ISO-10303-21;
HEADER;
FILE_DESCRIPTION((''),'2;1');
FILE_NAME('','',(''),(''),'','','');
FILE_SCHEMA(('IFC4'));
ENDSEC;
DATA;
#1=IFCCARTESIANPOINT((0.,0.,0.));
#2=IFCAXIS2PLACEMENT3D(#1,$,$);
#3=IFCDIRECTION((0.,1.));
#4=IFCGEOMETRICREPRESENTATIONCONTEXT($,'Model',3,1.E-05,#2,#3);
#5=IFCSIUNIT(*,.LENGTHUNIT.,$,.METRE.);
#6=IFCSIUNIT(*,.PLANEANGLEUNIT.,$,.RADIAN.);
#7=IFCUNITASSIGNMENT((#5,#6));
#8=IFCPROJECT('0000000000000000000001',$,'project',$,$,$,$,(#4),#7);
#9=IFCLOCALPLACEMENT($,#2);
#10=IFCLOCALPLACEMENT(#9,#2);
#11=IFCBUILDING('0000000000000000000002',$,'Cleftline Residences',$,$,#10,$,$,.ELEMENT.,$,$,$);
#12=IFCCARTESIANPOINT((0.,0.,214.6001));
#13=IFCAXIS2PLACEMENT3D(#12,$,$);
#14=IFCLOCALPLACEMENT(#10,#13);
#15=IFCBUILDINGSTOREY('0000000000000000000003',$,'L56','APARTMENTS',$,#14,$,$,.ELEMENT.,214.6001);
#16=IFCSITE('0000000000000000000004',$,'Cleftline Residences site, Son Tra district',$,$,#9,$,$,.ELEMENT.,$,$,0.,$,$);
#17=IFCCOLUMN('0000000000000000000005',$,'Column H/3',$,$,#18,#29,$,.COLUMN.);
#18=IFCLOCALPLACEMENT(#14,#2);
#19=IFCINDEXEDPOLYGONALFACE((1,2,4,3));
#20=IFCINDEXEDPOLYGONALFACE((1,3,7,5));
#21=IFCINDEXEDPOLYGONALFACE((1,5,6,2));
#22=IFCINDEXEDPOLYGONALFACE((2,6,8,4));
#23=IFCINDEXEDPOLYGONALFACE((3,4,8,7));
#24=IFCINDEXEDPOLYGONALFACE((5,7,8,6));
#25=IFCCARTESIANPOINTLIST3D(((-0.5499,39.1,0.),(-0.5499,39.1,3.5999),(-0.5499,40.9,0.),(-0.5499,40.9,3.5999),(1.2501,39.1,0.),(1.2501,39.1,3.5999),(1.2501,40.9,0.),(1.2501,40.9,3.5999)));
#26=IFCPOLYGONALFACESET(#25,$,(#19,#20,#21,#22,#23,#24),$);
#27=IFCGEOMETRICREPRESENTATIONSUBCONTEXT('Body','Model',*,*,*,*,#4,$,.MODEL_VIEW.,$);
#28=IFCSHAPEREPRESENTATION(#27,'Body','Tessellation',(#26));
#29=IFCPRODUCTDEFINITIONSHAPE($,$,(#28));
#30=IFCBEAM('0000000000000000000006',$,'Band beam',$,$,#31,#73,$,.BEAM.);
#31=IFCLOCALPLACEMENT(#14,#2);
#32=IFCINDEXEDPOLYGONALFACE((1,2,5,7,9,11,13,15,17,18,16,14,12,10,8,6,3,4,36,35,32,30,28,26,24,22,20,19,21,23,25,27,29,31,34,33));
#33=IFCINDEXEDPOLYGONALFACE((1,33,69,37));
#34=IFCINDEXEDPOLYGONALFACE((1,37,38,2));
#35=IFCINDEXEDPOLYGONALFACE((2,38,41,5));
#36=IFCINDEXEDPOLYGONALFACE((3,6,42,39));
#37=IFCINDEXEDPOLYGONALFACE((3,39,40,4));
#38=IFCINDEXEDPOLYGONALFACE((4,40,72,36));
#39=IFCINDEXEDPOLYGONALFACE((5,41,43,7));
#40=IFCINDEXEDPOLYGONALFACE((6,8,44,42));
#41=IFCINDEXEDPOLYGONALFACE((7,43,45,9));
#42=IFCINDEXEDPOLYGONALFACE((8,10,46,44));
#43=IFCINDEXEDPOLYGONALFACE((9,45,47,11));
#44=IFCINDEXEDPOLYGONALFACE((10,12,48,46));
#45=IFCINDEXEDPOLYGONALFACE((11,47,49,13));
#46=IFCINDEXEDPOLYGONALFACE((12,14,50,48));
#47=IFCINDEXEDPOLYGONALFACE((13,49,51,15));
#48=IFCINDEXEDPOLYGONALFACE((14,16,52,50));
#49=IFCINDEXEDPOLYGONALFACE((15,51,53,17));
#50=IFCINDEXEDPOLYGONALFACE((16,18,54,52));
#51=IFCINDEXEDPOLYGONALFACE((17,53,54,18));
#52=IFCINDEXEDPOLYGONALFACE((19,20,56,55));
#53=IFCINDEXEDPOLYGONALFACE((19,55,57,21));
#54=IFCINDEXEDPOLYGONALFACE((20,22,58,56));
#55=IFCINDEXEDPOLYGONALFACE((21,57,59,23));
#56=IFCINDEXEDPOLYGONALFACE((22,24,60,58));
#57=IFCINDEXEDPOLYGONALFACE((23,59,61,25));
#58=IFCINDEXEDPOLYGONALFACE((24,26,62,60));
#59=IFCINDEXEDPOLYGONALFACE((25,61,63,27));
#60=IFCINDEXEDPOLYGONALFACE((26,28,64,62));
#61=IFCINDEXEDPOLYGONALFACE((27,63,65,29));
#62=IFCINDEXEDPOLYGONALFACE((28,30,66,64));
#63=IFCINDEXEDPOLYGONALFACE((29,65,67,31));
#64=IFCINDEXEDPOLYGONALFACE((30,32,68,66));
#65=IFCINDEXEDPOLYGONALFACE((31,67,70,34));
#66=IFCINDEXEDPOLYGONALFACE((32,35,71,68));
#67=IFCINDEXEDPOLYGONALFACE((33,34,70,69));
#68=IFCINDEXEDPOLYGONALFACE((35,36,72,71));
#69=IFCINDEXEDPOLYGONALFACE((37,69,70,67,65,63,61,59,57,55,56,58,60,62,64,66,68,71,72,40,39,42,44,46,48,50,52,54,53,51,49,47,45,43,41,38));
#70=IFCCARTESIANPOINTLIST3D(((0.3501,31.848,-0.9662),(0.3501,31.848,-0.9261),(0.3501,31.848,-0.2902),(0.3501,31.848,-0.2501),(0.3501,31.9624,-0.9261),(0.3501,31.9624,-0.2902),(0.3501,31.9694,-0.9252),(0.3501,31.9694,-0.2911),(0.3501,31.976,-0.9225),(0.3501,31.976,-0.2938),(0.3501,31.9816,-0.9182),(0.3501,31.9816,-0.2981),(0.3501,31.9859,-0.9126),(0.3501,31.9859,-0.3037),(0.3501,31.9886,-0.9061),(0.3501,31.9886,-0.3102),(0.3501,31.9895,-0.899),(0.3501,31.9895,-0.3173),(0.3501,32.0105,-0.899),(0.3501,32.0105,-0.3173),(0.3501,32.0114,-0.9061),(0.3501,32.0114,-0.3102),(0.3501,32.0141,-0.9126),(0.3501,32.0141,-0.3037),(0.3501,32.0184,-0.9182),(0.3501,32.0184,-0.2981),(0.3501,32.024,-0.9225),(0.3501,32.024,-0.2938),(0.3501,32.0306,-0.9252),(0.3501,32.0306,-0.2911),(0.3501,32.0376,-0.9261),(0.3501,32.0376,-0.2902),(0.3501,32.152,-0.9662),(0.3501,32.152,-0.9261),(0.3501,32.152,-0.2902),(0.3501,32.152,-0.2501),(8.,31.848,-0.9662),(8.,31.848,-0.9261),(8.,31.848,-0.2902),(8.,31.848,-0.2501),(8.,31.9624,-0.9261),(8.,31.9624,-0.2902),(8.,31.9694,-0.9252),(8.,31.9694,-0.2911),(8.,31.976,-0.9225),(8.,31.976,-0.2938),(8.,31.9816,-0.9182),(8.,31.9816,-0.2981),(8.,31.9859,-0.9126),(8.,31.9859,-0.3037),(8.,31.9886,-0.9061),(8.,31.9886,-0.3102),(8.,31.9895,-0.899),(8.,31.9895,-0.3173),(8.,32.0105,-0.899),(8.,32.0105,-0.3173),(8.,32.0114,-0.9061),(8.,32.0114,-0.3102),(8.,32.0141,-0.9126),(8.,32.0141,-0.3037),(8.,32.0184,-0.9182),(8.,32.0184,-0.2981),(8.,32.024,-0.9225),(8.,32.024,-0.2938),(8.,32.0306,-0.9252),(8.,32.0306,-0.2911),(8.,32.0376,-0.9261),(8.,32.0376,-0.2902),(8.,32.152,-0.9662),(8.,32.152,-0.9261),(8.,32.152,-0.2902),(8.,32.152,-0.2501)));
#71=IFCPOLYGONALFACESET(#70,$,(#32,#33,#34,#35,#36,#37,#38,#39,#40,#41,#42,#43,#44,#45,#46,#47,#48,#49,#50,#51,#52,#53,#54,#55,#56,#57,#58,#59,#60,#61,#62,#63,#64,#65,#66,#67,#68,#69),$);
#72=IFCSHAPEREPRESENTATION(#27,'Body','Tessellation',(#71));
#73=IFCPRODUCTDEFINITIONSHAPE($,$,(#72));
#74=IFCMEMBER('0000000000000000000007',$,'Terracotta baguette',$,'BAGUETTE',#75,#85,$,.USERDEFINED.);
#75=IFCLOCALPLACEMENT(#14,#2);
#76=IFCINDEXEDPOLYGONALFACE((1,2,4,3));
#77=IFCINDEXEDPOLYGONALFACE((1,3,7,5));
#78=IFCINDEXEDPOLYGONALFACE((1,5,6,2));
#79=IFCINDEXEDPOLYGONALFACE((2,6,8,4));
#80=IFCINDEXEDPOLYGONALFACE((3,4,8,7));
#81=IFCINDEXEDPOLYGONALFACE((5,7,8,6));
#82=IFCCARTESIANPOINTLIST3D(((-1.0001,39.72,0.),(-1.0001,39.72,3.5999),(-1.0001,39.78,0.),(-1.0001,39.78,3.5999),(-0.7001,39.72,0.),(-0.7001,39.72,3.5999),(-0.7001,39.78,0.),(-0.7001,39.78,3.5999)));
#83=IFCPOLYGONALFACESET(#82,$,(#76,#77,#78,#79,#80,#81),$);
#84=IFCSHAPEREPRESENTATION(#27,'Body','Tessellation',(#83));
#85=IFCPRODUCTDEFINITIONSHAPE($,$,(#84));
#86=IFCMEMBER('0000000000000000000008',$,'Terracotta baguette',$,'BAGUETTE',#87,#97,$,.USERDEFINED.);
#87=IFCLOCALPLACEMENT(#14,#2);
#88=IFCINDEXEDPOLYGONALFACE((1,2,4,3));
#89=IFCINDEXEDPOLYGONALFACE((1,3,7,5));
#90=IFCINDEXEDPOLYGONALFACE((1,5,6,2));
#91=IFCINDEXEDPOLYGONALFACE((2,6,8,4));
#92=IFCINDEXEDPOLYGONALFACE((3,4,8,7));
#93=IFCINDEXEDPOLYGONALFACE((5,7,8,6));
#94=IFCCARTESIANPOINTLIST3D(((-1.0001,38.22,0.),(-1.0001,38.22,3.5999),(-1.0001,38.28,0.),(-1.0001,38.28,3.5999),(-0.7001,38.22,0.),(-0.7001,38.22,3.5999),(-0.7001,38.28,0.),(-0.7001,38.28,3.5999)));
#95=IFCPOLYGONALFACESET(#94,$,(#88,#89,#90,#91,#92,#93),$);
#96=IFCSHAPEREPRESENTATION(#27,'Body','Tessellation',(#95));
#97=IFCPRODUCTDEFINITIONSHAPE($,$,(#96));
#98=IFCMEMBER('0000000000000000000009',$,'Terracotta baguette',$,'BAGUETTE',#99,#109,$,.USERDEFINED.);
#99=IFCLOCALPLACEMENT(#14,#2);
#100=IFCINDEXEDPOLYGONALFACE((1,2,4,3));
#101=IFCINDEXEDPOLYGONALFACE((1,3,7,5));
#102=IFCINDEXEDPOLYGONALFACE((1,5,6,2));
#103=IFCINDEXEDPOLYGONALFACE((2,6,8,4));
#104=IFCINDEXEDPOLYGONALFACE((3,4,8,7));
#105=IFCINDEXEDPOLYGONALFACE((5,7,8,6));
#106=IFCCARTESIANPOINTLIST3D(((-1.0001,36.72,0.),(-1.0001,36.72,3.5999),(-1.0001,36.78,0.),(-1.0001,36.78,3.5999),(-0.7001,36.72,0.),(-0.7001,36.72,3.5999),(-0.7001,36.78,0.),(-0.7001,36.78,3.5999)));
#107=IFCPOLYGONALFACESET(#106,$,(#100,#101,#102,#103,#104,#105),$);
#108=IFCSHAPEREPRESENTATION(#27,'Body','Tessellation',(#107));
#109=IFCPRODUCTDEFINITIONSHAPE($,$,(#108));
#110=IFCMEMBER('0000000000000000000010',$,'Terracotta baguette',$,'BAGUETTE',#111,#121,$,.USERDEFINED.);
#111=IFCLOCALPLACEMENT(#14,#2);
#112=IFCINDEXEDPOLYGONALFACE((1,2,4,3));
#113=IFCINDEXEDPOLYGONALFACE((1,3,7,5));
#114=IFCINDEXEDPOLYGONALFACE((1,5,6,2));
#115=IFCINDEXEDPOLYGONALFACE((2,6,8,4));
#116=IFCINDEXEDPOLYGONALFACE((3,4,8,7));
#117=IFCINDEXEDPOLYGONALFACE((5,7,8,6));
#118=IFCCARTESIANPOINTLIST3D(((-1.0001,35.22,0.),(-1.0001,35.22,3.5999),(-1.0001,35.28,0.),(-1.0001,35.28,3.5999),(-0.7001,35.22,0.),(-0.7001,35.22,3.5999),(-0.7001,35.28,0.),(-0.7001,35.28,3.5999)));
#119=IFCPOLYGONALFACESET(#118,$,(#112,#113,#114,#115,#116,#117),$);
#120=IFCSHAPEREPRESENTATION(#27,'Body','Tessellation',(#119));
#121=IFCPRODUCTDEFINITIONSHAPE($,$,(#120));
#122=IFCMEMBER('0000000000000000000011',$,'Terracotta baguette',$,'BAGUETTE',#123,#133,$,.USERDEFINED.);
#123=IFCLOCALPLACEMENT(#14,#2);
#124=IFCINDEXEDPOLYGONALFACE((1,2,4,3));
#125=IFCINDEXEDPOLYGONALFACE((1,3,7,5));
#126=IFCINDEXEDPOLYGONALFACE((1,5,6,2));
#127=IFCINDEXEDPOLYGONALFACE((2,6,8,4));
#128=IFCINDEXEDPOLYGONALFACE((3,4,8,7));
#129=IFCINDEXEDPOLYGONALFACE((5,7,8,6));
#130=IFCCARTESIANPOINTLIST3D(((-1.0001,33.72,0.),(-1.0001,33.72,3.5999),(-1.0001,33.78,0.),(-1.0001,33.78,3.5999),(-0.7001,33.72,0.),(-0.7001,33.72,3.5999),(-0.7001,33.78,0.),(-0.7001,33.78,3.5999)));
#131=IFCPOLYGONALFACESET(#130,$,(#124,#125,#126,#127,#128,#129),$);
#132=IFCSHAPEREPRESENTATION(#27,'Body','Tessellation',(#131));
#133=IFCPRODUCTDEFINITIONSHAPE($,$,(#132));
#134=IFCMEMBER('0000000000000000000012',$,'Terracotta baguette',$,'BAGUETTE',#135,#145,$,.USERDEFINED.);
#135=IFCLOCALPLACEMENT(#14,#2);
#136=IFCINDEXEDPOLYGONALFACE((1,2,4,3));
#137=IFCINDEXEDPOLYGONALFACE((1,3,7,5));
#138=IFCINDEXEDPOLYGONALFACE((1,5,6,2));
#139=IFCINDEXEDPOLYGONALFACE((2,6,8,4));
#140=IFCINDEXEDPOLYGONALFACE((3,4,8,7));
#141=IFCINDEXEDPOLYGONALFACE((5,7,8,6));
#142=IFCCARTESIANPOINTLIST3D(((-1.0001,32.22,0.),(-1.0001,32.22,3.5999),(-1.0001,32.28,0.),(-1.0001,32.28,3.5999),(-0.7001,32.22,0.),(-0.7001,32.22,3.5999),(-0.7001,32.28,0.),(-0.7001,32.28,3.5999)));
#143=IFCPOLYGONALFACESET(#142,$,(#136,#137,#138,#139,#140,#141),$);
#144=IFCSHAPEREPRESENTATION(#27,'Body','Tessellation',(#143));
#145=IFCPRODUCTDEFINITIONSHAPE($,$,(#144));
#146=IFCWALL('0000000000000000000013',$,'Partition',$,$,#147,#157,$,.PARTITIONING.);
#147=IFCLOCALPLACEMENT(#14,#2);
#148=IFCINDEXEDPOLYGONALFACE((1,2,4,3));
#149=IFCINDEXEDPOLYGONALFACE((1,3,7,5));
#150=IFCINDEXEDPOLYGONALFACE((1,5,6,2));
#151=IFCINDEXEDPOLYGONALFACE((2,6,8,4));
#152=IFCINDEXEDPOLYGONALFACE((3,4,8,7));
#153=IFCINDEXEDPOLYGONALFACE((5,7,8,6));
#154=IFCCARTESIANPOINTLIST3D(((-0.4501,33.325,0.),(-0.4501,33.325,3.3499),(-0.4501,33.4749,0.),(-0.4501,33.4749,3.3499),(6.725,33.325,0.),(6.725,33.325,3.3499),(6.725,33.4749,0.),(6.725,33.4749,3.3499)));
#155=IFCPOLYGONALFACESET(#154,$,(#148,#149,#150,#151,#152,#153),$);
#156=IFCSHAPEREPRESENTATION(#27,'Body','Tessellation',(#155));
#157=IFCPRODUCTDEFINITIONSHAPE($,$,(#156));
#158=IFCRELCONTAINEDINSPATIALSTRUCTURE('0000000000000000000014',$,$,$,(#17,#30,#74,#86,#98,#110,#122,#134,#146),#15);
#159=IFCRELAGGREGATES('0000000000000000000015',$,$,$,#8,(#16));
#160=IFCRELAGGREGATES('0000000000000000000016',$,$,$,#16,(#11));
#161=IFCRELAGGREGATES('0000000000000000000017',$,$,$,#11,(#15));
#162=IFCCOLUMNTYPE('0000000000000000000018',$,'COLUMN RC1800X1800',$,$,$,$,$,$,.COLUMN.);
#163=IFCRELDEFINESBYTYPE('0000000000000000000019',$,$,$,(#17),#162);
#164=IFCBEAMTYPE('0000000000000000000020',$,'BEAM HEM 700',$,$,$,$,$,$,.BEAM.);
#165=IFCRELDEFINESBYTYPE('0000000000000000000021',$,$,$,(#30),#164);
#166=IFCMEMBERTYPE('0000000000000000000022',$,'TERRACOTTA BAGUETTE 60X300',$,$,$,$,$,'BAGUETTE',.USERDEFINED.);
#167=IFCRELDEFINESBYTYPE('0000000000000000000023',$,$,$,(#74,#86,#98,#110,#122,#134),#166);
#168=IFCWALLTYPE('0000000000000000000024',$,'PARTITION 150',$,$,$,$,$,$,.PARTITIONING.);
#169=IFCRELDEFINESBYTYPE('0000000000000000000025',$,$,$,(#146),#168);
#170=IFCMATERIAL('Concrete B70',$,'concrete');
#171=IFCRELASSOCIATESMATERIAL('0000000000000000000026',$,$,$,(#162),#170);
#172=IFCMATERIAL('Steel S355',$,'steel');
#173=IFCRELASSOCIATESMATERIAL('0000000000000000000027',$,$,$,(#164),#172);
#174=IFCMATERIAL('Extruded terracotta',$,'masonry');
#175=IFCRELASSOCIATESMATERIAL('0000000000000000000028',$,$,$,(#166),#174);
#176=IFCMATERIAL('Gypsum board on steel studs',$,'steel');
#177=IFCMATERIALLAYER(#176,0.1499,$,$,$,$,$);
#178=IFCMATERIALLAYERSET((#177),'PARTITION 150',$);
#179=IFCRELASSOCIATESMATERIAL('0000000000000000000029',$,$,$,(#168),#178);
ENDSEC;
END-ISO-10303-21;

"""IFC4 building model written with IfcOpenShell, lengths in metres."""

from ifc_helpers import new_model, si_unit, direction, frame, frame_2d, origin, origin_2d, place, context, subcontext, project, spatial, rectangle, i_section, extrude, material, layer, layer_set, material_profile, profile_set, type_object, element, save


model = new_model("IFC4")

# Units and contexts
model_context = context("Model", 3, precision=1e-05, world=origin(), true_north=direction((0.0, 1.0)))
body_context = subcontext(model_context, "Body", "Model", "MODEL_VIEW")
ifc_project = project(units=[si_unit("LENGTHUNIT", "METRE"), si_unit("PLANEANGLEUNIT", "RADIAN")], contexts=[model_context])

# Site, building, storey
site_placement = place(None, origin())
site = spatial("IfcSite", under=ifc_project, at=site_placement, Name="Cleftline Residences site, Son Tra district", CompositionType="ELEMENT", RefElevation=0.0)
building_placement = place(site_placement, origin())
building = spatial("IfcBuilding", under=site, at=building_placement, Name="Cleftline Residences", CompositionType="ELEMENT")
storey_placement = place(building_placement, frame((0.0, 0.0, 214.6001)))
storey = spatial("IfcBuildingStorey", under=building, at=storey_placement, Name="L56", Description="APARTMENTS", CompositionType="ELEMENT", Elevation=214.6001)

# Column
ifc_material_1 = material(Name="Concrete B70", Category="concrete")
ifc_material_profile_1 = material_profile(ifc_material_1, rectangle(XDim=1.8, YDim=1.8, at=origin_2d()))
ifc_profile_set_1 = profile_set([ifc_material_profile_1], Name="Concrete B70")
column_type = type_object("IfcColumnType", Name="COLUMN RC1800X1800", PredefinedType="COLUMN", material=ifc_profile_set_1)
column_placement = place(storey_placement, frame((0.3501, 40.0, 0.0), z_axis=(0.0, 0.0, 1.0), x_axis=(1.0, 0.0, 0.0)))
element("IfcColumn", 1, at=column_placement, inside=storey, type_object=column_type, Name="Column H/3", PredefinedType="COLUMN", context=body_context, shape_type="SweptSolid", body=[
    extrude(rectangle(XDim=1.8, YDim=1.8, at=origin_2d()), origin(), (0.0, 0.0, 1.0), 3.5999),
])

# Beam
ifc_material_2 = material(Name="Steel S355", Category="steel")
ifc_material_profile_2 = material_profile(ifc_material_2, i_section(OverallWidth=0.304, OverallDepth=0.7161, WebThickness=0.021, FlangeThickness=0.04, FilletRadius=0.0271, at=origin_2d()))
ifc_profile_set_2 = profile_set([ifc_material_profile_2], Name="Steel S355")
beam_type = type_object("IfcBeamType", Name="BEAM HEM 700", PredefinedType="BEAM", material=ifc_profile_set_2)
beam_placement = place(storey_placement, frame((0.3501, 32.0, -0.6082), z_axis=(1.0, 0.0, 0.0), x_axis=(0.0, 1.0, 0.0)))
element("IfcBeam", 2, at=beam_placement, inside=storey, type_object=beam_type, Name="Band beam", PredefinedType="BEAM", context=body_context, shape_type="SweptSolid", body=[
    extrude(i_section(OverallWidth=0.304, OverallDepth=0.7161, WebThickness=0.021, FlangeThickness=0.04, FilletRadius=0.0271, at=origin_2d()), origin(), (0.0, 0.0, 1.0), 7.6499),
])

# Members
ifc_material_3 = material(Name="Extruded terracotta", Category="masonry")
ifc_material_profile_3 = material_profile(ifc_material_3, rectangle(XDim=0.0601, YDim=0.3, at=origin_2d()))
ifc_profile_set_3 = profile_set([ifc_material_profile_3], Name="Extruded terracotta")
member_type = type_object("IfcMemberType", Name="TERRACOTTA BAGUETTE 60X300", ElementType="BAGUETTE", PredefinedType="USERDEFINED", material=ifc_profile_set_3)
for number, where, z_axis, x_axis, name in (
    (3, (-0.8501, 39.75, 0.0), (0.0, 0.0, 1.0), (0.0, 1.0, 0.0), "Terracotta baguette"),
    (4, (-0.8501, 38.25, 0.0), (0.0, 0.0, 1.0), (0.0, 1.0, 0.0), "Terracotta baguette"),
    (5, (-0.8501, 36.75, 0.0), (0.0, 0.0, 1.0), (0.0, 1.0, 0.0), "Terracotta baguette"),
    (6, (-0.8501, 35.25, 0.0), (0.0, 0.0, 1.0), (0.0, 1.0, 0.0), "Terracotta baguette"),
    (7, (-0.8501, 33.75, 0.0), (0.0, 0.0, 1.0), (0.0, 1.0, 0.0), "Terracotta baguette"),
    (8, (-0.8501, 32.25, 0.0), (0.0, 0.0, 1.0), (0.0, 1.0, 0.0), "Terracotta baguette"),
):
    element("IfcMember", number, at=place(storey_placement, frame(where, z_axis=z_axis, x_axis=x_axis)), inside=storey, type_object=member_type, Name=name, ObjectType="BAGUETTE", PredefinedType="USERDEFINED", context=body_context, shape_type="SweptSolid", body=[
        extrude(rectangle(XDim=0.0601, YDim=0.3, at=origin_2d()), origin(), (0.0, 0.0, 1.0), 3.5999),
    ])

# Wall
ifc_material_4 = material(Name="Gypsum board on steel studs", Category="steel")
ifc_layer = layer(ifc_material_4, 0.1499)
ifc_layer_set = layer_set([ifc_layer], Name="PARTITION 150")
wall_type = type_object("IfcWallType", Name="PARTITION 150", PredefinedType="PARTITIONING", material=ifc_layer_set)
wall_1_placement = place(storey_placement, frame((-0.45, 33.3999, 0.0), z_axis=(0.0, 0.0, 1.0), x_axis=(1.0, 0.0, 0.0)))
element("IfcWall", 9, at=wall_1_placement, inside=storey, type_object=wall_type, Name="Partition", PredefinedType="PARTITIONING", context=body_context, shape_type="SweptSolid", body=[
    extrude(rectangle(XDim=7.175, YDim=0.1499, at=frame_2d((3.5874, 0.0))), origin(), (0.0, 0.0, 1.0), 3.3499),
])

save(model, "model.ifc")
